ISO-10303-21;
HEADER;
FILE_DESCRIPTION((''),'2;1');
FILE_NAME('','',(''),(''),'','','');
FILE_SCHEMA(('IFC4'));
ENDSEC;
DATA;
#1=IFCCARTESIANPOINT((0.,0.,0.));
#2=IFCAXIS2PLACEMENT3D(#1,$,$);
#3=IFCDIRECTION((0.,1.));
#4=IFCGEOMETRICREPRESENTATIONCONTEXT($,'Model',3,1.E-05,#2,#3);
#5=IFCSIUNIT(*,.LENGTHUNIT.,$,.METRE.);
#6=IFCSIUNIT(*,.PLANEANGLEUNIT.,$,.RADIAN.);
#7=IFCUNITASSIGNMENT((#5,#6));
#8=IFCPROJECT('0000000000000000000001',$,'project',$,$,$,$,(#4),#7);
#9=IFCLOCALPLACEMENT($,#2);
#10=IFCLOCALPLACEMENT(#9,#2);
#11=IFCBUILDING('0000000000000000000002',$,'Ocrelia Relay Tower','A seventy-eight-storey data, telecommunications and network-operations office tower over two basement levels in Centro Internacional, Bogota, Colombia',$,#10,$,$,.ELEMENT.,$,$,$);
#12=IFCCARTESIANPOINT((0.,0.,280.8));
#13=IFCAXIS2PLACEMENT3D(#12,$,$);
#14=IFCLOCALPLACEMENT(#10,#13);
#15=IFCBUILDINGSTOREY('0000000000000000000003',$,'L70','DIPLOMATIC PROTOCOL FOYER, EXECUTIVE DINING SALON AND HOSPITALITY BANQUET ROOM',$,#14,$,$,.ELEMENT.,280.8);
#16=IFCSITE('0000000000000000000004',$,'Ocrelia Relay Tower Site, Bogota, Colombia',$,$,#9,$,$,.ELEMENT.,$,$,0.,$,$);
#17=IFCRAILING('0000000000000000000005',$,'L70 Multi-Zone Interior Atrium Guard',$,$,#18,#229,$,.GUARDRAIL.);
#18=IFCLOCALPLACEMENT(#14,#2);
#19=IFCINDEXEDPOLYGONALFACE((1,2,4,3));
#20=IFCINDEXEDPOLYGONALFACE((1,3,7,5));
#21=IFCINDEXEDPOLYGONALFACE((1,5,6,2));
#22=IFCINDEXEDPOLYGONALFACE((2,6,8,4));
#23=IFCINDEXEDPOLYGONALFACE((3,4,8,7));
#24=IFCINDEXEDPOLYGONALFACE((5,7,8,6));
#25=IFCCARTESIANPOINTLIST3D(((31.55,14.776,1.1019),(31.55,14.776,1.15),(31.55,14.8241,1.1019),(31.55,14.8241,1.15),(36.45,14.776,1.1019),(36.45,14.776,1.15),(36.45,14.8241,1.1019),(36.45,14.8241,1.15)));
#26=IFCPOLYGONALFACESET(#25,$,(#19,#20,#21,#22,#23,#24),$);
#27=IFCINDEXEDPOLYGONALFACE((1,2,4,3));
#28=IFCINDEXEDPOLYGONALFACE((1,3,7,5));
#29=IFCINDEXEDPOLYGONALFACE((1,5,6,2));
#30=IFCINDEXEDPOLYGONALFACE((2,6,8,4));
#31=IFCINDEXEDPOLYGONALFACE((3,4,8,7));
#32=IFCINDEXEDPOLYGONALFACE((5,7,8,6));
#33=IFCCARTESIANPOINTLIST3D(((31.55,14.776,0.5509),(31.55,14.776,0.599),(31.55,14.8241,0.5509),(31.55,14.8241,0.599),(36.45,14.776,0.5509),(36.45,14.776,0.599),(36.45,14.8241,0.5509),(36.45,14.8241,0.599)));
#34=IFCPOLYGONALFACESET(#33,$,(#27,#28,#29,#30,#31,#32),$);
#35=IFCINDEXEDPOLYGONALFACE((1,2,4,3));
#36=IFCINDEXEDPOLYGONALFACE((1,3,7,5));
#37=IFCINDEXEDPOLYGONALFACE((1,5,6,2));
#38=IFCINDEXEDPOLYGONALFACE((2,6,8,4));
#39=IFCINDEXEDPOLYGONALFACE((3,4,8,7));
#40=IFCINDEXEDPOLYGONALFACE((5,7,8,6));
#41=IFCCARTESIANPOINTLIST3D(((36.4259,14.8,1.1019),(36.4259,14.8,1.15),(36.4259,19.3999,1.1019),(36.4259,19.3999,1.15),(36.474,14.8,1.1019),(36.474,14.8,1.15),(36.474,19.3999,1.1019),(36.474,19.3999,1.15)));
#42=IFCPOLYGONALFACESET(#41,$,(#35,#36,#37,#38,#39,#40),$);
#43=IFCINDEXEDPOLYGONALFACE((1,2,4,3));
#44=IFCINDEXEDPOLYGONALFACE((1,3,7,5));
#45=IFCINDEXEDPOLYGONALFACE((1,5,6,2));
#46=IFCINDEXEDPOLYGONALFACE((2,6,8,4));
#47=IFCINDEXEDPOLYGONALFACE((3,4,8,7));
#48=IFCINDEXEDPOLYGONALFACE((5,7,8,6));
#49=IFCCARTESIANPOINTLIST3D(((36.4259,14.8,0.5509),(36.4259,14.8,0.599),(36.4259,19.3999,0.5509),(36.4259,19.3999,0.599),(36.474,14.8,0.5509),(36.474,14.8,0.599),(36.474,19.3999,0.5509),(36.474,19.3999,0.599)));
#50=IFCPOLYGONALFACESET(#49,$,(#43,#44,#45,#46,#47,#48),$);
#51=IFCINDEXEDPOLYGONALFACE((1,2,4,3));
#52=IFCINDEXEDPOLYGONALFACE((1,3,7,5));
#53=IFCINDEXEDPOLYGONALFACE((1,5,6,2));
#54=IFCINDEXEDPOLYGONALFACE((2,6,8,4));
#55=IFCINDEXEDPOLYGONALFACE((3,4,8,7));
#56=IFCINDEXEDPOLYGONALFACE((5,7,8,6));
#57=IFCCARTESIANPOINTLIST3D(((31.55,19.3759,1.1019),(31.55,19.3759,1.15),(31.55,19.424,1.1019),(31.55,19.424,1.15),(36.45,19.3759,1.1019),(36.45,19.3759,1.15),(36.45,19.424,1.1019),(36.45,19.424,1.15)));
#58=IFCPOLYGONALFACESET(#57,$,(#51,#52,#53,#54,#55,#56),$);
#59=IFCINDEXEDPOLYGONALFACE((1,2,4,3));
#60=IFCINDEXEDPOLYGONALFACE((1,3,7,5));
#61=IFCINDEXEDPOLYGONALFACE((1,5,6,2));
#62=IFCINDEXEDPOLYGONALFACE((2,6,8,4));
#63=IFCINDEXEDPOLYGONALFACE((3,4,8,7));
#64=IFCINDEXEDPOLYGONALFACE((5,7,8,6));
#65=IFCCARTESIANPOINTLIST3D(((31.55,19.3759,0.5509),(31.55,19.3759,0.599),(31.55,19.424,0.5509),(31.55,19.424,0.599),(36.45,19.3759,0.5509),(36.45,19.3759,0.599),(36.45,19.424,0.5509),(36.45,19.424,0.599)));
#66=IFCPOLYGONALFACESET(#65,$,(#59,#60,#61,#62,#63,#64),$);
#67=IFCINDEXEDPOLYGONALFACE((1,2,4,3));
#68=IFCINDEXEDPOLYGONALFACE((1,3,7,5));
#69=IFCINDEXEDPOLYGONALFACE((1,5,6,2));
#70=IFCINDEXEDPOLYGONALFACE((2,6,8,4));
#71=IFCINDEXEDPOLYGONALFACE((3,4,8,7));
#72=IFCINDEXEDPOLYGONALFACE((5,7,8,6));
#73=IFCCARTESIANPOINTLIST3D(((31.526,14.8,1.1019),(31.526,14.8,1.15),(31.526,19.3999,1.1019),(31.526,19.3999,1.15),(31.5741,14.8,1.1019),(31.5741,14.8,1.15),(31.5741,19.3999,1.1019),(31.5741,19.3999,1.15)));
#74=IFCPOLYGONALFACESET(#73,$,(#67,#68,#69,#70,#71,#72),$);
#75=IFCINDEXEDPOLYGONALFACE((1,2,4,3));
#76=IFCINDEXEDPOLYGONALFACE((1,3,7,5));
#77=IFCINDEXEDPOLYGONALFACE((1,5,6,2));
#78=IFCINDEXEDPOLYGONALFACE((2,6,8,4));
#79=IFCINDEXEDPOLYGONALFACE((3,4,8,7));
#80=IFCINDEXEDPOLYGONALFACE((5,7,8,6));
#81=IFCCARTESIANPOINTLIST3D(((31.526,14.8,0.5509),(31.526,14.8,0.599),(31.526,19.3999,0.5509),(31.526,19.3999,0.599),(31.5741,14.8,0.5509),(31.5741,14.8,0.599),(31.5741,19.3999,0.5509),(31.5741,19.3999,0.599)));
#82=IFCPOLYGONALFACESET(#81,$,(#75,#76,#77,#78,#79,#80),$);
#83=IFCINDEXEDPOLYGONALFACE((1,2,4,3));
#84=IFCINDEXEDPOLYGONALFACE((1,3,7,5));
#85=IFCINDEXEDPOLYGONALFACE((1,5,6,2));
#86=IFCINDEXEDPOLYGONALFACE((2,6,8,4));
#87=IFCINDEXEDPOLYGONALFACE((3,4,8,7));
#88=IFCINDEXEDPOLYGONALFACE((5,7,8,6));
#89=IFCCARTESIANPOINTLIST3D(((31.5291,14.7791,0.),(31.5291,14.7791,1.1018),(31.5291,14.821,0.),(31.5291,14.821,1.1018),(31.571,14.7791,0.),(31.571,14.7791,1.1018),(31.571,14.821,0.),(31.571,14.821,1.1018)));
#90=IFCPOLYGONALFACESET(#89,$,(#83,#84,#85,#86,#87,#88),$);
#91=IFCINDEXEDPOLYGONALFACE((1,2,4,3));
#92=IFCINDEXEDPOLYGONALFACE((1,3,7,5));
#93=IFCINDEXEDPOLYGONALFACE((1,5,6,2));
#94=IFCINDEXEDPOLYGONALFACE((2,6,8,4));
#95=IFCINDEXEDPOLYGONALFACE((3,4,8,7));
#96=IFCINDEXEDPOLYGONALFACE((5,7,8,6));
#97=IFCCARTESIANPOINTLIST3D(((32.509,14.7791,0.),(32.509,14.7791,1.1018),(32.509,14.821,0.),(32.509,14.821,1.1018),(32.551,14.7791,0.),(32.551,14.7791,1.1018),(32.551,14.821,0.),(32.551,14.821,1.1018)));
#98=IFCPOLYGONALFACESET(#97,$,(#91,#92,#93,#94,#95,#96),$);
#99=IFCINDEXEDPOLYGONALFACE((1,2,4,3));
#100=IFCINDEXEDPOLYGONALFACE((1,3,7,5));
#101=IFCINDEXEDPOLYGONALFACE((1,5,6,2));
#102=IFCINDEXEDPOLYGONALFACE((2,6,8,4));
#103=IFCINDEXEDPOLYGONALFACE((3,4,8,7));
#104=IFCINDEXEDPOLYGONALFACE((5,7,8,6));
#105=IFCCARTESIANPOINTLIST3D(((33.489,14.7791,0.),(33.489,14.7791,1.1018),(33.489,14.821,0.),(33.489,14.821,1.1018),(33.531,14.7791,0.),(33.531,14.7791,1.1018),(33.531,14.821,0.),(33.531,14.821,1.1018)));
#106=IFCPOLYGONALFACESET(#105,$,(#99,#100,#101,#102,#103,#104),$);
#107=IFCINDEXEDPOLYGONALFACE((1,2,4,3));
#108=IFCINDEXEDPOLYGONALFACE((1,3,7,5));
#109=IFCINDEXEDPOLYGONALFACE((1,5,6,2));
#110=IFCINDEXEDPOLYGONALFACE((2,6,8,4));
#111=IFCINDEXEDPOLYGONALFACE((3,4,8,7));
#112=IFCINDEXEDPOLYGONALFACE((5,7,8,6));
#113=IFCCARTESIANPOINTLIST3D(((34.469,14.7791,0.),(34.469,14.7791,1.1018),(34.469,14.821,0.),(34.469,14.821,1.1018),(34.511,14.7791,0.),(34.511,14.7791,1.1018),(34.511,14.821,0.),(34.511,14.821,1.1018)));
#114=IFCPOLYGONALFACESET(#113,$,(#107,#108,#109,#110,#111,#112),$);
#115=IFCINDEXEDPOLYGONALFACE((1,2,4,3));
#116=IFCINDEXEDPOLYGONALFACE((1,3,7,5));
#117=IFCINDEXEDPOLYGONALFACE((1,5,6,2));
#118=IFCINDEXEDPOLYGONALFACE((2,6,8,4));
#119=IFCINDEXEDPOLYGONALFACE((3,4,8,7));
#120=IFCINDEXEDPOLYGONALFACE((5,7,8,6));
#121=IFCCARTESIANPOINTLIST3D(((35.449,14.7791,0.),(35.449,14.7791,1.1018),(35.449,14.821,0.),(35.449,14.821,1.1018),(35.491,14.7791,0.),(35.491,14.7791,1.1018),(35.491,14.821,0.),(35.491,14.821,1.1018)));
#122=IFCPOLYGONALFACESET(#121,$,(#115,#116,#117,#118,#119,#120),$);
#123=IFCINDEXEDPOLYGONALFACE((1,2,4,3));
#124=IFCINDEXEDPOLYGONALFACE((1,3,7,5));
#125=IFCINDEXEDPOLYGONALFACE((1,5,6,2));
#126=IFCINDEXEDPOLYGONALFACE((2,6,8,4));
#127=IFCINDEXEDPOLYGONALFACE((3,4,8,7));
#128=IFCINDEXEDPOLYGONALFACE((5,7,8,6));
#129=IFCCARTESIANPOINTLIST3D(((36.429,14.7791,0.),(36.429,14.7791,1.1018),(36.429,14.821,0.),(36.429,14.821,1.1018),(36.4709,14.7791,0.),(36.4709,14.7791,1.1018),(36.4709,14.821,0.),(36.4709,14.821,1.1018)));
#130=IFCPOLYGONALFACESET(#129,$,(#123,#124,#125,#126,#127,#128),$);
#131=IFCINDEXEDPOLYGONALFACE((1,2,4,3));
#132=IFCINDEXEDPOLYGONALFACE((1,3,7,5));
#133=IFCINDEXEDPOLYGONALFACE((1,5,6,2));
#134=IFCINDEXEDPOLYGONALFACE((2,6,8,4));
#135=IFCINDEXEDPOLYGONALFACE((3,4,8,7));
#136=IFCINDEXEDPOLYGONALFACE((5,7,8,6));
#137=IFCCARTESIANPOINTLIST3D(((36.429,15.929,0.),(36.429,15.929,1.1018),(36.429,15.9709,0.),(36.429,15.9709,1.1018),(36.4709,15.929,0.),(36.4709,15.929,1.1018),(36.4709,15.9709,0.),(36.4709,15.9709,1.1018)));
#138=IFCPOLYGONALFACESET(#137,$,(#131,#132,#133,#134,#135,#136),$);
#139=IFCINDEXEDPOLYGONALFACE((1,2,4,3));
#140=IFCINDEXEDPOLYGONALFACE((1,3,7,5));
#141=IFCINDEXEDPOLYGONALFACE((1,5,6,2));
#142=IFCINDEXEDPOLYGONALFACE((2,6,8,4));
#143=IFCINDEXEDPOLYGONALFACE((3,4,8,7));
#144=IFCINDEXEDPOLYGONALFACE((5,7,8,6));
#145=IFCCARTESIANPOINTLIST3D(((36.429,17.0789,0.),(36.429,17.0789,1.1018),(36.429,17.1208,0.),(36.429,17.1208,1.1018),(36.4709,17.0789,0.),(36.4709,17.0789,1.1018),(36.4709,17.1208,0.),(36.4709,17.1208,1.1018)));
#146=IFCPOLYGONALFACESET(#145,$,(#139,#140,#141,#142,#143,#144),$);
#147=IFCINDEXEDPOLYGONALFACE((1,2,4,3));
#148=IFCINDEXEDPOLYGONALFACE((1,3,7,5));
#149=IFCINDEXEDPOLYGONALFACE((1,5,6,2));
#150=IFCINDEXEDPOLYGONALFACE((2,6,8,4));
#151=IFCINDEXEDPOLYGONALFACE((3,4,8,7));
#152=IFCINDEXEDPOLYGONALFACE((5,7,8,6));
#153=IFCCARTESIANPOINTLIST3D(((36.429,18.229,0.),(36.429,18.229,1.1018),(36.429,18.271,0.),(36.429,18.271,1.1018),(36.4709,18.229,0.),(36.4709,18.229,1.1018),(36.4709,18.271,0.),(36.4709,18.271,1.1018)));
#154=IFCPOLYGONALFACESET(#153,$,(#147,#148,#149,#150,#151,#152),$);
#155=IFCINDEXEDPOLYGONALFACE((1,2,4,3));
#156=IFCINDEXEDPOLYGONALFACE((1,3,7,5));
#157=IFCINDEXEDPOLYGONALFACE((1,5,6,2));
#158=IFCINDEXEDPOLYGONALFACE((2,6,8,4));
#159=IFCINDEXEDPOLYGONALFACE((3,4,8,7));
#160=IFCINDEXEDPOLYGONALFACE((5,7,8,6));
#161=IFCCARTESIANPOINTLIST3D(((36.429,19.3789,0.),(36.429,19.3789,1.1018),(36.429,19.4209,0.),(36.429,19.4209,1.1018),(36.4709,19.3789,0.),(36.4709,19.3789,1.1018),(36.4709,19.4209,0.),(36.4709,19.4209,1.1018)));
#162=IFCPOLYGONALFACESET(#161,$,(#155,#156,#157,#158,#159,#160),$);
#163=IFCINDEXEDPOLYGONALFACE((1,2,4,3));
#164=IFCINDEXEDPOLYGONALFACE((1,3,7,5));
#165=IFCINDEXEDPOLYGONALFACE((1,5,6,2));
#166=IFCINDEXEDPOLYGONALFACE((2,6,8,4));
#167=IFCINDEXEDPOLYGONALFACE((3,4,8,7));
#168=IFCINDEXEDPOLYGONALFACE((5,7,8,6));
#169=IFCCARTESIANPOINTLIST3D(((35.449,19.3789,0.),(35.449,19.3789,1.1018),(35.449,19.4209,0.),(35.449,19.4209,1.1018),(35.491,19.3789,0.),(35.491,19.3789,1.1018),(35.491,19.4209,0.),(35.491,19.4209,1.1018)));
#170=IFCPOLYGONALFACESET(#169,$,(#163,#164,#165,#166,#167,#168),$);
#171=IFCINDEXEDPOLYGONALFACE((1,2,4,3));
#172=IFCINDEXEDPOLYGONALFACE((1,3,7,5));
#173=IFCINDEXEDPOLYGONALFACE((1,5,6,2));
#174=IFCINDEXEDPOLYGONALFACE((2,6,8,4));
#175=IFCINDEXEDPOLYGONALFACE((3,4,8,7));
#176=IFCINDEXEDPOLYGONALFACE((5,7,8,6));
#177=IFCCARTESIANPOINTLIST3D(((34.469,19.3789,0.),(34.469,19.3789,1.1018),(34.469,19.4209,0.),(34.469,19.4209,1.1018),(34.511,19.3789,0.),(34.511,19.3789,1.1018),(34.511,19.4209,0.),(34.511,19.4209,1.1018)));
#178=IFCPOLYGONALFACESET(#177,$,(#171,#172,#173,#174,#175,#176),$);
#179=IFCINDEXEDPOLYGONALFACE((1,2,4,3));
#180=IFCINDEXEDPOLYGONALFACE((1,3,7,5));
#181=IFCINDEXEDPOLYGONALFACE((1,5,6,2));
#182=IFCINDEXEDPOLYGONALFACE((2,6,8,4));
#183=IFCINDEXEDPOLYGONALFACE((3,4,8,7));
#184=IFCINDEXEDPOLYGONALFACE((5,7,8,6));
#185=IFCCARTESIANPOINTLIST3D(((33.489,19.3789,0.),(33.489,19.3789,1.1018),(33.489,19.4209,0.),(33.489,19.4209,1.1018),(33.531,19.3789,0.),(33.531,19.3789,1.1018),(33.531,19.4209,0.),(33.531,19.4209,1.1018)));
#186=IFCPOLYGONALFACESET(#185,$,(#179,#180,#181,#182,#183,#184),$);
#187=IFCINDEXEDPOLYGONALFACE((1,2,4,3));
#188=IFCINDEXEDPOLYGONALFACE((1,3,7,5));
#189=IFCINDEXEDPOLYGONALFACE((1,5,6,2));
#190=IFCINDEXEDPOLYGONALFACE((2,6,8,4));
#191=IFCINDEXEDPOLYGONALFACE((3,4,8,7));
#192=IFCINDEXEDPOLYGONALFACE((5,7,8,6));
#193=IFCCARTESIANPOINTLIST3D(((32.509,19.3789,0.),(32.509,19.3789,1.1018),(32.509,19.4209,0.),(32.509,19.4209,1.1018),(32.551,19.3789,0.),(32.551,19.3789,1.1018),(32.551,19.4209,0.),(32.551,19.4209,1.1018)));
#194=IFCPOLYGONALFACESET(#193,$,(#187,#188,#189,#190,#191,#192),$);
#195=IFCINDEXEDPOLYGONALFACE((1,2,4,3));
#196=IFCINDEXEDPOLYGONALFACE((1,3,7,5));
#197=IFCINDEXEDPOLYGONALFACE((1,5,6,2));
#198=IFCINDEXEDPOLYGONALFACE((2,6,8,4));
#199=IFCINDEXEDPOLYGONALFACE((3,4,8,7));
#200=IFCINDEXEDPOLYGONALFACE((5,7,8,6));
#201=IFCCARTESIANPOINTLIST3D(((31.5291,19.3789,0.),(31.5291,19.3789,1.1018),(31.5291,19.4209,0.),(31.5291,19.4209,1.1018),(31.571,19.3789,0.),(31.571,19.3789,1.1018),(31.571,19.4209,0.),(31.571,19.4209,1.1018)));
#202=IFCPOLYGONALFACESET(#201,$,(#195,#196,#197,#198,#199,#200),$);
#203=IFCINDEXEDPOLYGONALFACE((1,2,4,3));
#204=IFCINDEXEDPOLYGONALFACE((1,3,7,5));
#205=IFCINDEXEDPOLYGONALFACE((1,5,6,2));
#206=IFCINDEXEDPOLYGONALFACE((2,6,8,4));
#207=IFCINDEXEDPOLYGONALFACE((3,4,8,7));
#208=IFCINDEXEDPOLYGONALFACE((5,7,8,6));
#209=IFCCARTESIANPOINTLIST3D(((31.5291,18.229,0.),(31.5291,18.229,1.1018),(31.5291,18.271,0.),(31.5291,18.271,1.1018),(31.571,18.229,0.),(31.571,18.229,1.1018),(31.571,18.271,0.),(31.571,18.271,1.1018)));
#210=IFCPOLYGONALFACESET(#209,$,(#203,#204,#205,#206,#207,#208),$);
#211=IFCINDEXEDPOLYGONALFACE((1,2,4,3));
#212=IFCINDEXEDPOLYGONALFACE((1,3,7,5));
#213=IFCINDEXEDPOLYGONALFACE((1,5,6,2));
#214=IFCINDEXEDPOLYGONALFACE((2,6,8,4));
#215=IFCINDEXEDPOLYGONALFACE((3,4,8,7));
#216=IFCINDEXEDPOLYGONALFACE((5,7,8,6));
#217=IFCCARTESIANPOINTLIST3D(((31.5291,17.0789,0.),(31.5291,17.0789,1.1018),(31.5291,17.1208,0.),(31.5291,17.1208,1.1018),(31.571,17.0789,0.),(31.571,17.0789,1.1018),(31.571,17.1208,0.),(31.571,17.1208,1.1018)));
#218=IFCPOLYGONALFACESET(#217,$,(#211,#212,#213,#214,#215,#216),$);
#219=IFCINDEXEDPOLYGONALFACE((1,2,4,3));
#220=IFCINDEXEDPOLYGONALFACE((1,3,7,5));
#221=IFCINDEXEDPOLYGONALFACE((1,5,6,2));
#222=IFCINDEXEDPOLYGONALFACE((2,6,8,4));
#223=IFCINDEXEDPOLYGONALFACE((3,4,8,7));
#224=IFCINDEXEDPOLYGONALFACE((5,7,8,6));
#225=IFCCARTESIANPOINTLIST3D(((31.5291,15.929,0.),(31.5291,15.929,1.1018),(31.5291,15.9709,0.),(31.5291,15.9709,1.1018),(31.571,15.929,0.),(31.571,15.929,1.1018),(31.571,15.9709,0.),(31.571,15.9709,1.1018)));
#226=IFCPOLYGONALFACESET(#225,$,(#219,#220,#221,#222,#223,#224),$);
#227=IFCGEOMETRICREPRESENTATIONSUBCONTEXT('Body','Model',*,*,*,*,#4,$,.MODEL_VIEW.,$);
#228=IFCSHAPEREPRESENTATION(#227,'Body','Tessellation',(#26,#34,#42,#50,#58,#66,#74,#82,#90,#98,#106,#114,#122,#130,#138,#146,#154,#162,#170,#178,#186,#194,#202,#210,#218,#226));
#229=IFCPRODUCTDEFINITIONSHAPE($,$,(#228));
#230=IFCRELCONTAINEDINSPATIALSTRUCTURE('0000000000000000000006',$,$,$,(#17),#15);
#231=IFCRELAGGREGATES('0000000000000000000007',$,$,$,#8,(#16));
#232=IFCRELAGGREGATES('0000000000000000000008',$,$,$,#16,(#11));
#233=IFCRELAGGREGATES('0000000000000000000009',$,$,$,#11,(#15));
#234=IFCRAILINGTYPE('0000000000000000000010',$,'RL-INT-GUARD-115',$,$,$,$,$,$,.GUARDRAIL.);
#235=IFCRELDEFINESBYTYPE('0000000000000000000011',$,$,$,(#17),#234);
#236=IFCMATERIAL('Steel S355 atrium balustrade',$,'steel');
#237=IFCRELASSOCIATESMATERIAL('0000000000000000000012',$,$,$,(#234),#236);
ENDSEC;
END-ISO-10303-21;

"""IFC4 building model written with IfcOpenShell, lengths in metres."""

from ifc_helpers import new_model, si_unit, direction, frame, origin, origin_2d, place, context, subcontext, project, spatial, rectangle, extrude, material, type_object, element, save


model = new_model("IFC4")

# Units and contexts
model_context = context("Model", 3, precision=1e-05, world=origin(), true_north=direction((0.0, 1.0)))
body_context = subcontext(model_context, "Body", "Model", "MODEL_VIEW")
ifc_project = project(units=[si_unit("LENGTHUNIT", "METRE"), si_unit("PLANEANGLEUNIT", "RADIAN")], contexts=[model_context])

# Site, building, storey
site_placement = place(None, origin())
site = spatial("IfcSite", under=ifc_project, at=site_placement, Name="Ocrelia Relay Tower Site, Bogota, Colombia", CompositionType="ELEMENT", RefElevation=0.0)
building_placement = place(site_placement, origin())
building = spatial("IfcBuilding", under=site, at=building_placement, Name="Ocrelia Relay Tower", Description="A seventy-eight-storey data, telecommunications and network-operations office tower over two basement levels in Centro Internacional, Bogota, Colombia", CompositionType="ELEMENT")
storey_placement = place(building_placement, frame((0.0, 0.0, 280.8)))
storey = spatial("IfcBuildingStorey", under=building, at=storey_placement, Name="L70", Description="DIPLOMATIC PROTOCOL FOYER, EXECUTIVE DINING SALON AND HOSPITALITY BANQUET ROOM", CompositionType="ELEMENT", Elevation=280.8)

# Railing
ifc_material_1 = material(Name="Steel S355 atrium balustrade", Category="steel")
railing_type = type_object("IfcRailingType", Name="RL-INT-GUARD-115", PredefinedType="GUARDRAIL", material=ifc_material_1)
railing_placement = place(storey_placement, frame((31.55, 14.8, 0.0)))
element("IfcRailing", 1, at=railing_placement, inside=storey, type_object=railing_type, Name="L70 Multi-Zone Interior Atrium Guard", PredefinedType="GUARDRAIL", context=body_context, shape_type="SweptSolid", body=[
    extrude(rectangle(XDim=0.0481, YDim=0.0481, at=origin_2d()), frame((0.0, 0.0, 1.126), z_axis=(1.0, 0.0, 0.0), x_axis=(0.0, 1.0, 0.0)), (0.0, 0.0, 1.0), 4.8999),
    extrude(rectangle(XDim=0.0481, YDim=0.0481, at=origin_2d()), frame((0.0, 0.0, 0.575), z_axis=(1.0, 0.0, 0.0), x_axis=(0.0, 1.0, 0.0)), (0.0, 0.0, 1.0), 4.8999),
    extrude(rectangle(XDim=0.0481, YDim=0.0481, at=origin_2d()), frame((4.8999, 0.0, 1.126), z_axis=(0.0, 1.0, 0.0), x_axis=(-1.0, 0.0, 0.0)), (0.0, 0.0, 1.0), 4.5999),
    extrude(rectangle(XDim=0.0481, YDim=0.0481, at=origin_2d()), frame((4.8999, 0.0, 0.575), z_axis=(0.0, 1.0, 0.0), x_axis=(-1.0, 0.0, 0.0)), (0.0, 0.0, 1.0), 4.5999),
    extrude(rectangle(XDim=0.0481, YDim=0.0481, at=origin_2d()), frame((4.8999, 4.5999, 1.126), z_axis=(-1.0, 0.0, 0.0), x_axis=(0.0, -1.0, 0.0)), (0.0, 0.0, 1.0), 4.8999),
    extrude(rectangle(XDim=0.0481, YDim=0.0481, at=origin_2d()), frame((4.8999, 4.5999, 0.575), z_axis=(-1.0, 0.0, 0.0), x_axis=(0.0, -1.0, 0.0)), (0.0, 0.0, 1.0), 4.8999),
    extrude(rectangle(XDim=0.0481, YDim=0.0481, at=origin_2d()), frame((0.0, 4.5999, 1.126), z_axis=(0.0, -1.0, 0.0), x_axis=(1.0, 0.0, 0.0)), (0.0, 0.0, 1.0), 4.5999),
    extrude(rectangle(XDim=0.0481, YDim=0.0481, at=origin_2d()), frame((0.0, 4.5999, 0.575), z_axis=(0.0, -1.0, 0.0), x_axis=(1.0, 0.0, 0.0)), (0.0, 0.0, 1.0), 4.5999),
    extrude(rectangle(XDim=0.042, YDim=0.042, at=origin_2d()), origin(), (0.0, 0.0, 1.0), 1.1018),
    extrude(rectangle(XDim=0.042, YDim=0.042, at=origin_2d()), frame((0.98, 0.0, 0.0)), (0.0, 0.0, 1.0), 1.1018),
    extrude(rectangle(XDim=0.042, YDim=0.042, at=origin_2d()), frame((1.96, 0.0, 0.0)), (0.0, 0.0, 1.0), 1.1018),
    extrude(rectangle(XDim=0.042, YDim=0.042, at=origin_2d()), frame((2.9399, 0.0, 0.0)), (0.0, 0.0, 1.0), 1.1018),
    extrude(rectangle(XDim=0.042, YDim=0.042, at=origin_2d()), frame((3.9199, 0.0, 0.0)), (0.0, 0.0, 1.0), 1.1018),
    extrude(rectangle(XDim=0.042, YDim=0.042, at=origin_2d()), frame((4.8999, 0.0, 0.0)), (0.0, 0.0, 1.0), 1.1018),
    extrude(rectangle(XDim=0.042, YDim=0.042, at=origin_2d()), frame((4.8999, 1.1499, 0.0)), (0.0, 0.0, 1.0), 1.1018),
    extrude(rectangle(XDim=0.042, YDim=0.042, at=origin_2d()), frame((4.8999, 2.2998, 0.0)), (0.0, 0.0, 1.0), 1.1018),
    extrude(rectangle(XDim=0.042, YDim=0.042, at=origin_2d()), frame((4.8999, 3.45, 0.0)), (0.0, 0.0, 1.0), 1.1018),
    extrude(rectangle(XDim=0.042, YDim=0.042, at=origin_2d()), frame((4.8999, 4.5999, 0.0)), (0.0, 0.0, 1.0), 1.1018),
    extrude(rectangle(XDim=0.042, YDim=0.042, at=origin_2d()), frame((3.9199, 4.5999, 0.0)), (0.0, 0.0, 1.0), 1.1018),
    extrude(rectangle(XDim=0.042, YDim=0.042, at=origin_2d()), frame((2.9399, 4.5999, 0.0)), (0.0, 0.0, 1.0), 1.1018),
    extrude(rectangle(XDim=0.042, YDim=0.042, at=origin_2d()), frame((1.96, 4.5999, 0.0)), (0.0, 0.0, 1.0), 1.1018),
    extrude(rectangle(XDim=0.042, YDim=0.042, at=origin_2d()), frame((0.98, 4.5999, 0.0)), (0.0, 0.0, 1.0), 1.1018),
    extrude(rectangle(XDim=0.042, YDim=0.042, at=origin_2d()), frame((0.0, 4.5999, 0.0)), (0.0, 0.0, 1.0), 1.1018),
    extrude(rectangle(XDim=0.042, YDim=0.042, at=origin_2d()), frame((0.0, 3.45, 0.0)), (0.0, 0.0, 1.0), 1.1018),
    extrude(rectangle(XDim=0.042, YDim=0.042, at=origin_2d()), frame((0.0, 2.2998, 0.0)), (0.0, 0.0, 1.0), 1.1018),
    extrude(rectangle(XDim=0.042, YDim=0.042, at=origin_2d()), frame((0.0, 1.1499, 0.0)), (0.0, 0.0, 1.0), 1.1018),
])

save(model, "model.ifc")
